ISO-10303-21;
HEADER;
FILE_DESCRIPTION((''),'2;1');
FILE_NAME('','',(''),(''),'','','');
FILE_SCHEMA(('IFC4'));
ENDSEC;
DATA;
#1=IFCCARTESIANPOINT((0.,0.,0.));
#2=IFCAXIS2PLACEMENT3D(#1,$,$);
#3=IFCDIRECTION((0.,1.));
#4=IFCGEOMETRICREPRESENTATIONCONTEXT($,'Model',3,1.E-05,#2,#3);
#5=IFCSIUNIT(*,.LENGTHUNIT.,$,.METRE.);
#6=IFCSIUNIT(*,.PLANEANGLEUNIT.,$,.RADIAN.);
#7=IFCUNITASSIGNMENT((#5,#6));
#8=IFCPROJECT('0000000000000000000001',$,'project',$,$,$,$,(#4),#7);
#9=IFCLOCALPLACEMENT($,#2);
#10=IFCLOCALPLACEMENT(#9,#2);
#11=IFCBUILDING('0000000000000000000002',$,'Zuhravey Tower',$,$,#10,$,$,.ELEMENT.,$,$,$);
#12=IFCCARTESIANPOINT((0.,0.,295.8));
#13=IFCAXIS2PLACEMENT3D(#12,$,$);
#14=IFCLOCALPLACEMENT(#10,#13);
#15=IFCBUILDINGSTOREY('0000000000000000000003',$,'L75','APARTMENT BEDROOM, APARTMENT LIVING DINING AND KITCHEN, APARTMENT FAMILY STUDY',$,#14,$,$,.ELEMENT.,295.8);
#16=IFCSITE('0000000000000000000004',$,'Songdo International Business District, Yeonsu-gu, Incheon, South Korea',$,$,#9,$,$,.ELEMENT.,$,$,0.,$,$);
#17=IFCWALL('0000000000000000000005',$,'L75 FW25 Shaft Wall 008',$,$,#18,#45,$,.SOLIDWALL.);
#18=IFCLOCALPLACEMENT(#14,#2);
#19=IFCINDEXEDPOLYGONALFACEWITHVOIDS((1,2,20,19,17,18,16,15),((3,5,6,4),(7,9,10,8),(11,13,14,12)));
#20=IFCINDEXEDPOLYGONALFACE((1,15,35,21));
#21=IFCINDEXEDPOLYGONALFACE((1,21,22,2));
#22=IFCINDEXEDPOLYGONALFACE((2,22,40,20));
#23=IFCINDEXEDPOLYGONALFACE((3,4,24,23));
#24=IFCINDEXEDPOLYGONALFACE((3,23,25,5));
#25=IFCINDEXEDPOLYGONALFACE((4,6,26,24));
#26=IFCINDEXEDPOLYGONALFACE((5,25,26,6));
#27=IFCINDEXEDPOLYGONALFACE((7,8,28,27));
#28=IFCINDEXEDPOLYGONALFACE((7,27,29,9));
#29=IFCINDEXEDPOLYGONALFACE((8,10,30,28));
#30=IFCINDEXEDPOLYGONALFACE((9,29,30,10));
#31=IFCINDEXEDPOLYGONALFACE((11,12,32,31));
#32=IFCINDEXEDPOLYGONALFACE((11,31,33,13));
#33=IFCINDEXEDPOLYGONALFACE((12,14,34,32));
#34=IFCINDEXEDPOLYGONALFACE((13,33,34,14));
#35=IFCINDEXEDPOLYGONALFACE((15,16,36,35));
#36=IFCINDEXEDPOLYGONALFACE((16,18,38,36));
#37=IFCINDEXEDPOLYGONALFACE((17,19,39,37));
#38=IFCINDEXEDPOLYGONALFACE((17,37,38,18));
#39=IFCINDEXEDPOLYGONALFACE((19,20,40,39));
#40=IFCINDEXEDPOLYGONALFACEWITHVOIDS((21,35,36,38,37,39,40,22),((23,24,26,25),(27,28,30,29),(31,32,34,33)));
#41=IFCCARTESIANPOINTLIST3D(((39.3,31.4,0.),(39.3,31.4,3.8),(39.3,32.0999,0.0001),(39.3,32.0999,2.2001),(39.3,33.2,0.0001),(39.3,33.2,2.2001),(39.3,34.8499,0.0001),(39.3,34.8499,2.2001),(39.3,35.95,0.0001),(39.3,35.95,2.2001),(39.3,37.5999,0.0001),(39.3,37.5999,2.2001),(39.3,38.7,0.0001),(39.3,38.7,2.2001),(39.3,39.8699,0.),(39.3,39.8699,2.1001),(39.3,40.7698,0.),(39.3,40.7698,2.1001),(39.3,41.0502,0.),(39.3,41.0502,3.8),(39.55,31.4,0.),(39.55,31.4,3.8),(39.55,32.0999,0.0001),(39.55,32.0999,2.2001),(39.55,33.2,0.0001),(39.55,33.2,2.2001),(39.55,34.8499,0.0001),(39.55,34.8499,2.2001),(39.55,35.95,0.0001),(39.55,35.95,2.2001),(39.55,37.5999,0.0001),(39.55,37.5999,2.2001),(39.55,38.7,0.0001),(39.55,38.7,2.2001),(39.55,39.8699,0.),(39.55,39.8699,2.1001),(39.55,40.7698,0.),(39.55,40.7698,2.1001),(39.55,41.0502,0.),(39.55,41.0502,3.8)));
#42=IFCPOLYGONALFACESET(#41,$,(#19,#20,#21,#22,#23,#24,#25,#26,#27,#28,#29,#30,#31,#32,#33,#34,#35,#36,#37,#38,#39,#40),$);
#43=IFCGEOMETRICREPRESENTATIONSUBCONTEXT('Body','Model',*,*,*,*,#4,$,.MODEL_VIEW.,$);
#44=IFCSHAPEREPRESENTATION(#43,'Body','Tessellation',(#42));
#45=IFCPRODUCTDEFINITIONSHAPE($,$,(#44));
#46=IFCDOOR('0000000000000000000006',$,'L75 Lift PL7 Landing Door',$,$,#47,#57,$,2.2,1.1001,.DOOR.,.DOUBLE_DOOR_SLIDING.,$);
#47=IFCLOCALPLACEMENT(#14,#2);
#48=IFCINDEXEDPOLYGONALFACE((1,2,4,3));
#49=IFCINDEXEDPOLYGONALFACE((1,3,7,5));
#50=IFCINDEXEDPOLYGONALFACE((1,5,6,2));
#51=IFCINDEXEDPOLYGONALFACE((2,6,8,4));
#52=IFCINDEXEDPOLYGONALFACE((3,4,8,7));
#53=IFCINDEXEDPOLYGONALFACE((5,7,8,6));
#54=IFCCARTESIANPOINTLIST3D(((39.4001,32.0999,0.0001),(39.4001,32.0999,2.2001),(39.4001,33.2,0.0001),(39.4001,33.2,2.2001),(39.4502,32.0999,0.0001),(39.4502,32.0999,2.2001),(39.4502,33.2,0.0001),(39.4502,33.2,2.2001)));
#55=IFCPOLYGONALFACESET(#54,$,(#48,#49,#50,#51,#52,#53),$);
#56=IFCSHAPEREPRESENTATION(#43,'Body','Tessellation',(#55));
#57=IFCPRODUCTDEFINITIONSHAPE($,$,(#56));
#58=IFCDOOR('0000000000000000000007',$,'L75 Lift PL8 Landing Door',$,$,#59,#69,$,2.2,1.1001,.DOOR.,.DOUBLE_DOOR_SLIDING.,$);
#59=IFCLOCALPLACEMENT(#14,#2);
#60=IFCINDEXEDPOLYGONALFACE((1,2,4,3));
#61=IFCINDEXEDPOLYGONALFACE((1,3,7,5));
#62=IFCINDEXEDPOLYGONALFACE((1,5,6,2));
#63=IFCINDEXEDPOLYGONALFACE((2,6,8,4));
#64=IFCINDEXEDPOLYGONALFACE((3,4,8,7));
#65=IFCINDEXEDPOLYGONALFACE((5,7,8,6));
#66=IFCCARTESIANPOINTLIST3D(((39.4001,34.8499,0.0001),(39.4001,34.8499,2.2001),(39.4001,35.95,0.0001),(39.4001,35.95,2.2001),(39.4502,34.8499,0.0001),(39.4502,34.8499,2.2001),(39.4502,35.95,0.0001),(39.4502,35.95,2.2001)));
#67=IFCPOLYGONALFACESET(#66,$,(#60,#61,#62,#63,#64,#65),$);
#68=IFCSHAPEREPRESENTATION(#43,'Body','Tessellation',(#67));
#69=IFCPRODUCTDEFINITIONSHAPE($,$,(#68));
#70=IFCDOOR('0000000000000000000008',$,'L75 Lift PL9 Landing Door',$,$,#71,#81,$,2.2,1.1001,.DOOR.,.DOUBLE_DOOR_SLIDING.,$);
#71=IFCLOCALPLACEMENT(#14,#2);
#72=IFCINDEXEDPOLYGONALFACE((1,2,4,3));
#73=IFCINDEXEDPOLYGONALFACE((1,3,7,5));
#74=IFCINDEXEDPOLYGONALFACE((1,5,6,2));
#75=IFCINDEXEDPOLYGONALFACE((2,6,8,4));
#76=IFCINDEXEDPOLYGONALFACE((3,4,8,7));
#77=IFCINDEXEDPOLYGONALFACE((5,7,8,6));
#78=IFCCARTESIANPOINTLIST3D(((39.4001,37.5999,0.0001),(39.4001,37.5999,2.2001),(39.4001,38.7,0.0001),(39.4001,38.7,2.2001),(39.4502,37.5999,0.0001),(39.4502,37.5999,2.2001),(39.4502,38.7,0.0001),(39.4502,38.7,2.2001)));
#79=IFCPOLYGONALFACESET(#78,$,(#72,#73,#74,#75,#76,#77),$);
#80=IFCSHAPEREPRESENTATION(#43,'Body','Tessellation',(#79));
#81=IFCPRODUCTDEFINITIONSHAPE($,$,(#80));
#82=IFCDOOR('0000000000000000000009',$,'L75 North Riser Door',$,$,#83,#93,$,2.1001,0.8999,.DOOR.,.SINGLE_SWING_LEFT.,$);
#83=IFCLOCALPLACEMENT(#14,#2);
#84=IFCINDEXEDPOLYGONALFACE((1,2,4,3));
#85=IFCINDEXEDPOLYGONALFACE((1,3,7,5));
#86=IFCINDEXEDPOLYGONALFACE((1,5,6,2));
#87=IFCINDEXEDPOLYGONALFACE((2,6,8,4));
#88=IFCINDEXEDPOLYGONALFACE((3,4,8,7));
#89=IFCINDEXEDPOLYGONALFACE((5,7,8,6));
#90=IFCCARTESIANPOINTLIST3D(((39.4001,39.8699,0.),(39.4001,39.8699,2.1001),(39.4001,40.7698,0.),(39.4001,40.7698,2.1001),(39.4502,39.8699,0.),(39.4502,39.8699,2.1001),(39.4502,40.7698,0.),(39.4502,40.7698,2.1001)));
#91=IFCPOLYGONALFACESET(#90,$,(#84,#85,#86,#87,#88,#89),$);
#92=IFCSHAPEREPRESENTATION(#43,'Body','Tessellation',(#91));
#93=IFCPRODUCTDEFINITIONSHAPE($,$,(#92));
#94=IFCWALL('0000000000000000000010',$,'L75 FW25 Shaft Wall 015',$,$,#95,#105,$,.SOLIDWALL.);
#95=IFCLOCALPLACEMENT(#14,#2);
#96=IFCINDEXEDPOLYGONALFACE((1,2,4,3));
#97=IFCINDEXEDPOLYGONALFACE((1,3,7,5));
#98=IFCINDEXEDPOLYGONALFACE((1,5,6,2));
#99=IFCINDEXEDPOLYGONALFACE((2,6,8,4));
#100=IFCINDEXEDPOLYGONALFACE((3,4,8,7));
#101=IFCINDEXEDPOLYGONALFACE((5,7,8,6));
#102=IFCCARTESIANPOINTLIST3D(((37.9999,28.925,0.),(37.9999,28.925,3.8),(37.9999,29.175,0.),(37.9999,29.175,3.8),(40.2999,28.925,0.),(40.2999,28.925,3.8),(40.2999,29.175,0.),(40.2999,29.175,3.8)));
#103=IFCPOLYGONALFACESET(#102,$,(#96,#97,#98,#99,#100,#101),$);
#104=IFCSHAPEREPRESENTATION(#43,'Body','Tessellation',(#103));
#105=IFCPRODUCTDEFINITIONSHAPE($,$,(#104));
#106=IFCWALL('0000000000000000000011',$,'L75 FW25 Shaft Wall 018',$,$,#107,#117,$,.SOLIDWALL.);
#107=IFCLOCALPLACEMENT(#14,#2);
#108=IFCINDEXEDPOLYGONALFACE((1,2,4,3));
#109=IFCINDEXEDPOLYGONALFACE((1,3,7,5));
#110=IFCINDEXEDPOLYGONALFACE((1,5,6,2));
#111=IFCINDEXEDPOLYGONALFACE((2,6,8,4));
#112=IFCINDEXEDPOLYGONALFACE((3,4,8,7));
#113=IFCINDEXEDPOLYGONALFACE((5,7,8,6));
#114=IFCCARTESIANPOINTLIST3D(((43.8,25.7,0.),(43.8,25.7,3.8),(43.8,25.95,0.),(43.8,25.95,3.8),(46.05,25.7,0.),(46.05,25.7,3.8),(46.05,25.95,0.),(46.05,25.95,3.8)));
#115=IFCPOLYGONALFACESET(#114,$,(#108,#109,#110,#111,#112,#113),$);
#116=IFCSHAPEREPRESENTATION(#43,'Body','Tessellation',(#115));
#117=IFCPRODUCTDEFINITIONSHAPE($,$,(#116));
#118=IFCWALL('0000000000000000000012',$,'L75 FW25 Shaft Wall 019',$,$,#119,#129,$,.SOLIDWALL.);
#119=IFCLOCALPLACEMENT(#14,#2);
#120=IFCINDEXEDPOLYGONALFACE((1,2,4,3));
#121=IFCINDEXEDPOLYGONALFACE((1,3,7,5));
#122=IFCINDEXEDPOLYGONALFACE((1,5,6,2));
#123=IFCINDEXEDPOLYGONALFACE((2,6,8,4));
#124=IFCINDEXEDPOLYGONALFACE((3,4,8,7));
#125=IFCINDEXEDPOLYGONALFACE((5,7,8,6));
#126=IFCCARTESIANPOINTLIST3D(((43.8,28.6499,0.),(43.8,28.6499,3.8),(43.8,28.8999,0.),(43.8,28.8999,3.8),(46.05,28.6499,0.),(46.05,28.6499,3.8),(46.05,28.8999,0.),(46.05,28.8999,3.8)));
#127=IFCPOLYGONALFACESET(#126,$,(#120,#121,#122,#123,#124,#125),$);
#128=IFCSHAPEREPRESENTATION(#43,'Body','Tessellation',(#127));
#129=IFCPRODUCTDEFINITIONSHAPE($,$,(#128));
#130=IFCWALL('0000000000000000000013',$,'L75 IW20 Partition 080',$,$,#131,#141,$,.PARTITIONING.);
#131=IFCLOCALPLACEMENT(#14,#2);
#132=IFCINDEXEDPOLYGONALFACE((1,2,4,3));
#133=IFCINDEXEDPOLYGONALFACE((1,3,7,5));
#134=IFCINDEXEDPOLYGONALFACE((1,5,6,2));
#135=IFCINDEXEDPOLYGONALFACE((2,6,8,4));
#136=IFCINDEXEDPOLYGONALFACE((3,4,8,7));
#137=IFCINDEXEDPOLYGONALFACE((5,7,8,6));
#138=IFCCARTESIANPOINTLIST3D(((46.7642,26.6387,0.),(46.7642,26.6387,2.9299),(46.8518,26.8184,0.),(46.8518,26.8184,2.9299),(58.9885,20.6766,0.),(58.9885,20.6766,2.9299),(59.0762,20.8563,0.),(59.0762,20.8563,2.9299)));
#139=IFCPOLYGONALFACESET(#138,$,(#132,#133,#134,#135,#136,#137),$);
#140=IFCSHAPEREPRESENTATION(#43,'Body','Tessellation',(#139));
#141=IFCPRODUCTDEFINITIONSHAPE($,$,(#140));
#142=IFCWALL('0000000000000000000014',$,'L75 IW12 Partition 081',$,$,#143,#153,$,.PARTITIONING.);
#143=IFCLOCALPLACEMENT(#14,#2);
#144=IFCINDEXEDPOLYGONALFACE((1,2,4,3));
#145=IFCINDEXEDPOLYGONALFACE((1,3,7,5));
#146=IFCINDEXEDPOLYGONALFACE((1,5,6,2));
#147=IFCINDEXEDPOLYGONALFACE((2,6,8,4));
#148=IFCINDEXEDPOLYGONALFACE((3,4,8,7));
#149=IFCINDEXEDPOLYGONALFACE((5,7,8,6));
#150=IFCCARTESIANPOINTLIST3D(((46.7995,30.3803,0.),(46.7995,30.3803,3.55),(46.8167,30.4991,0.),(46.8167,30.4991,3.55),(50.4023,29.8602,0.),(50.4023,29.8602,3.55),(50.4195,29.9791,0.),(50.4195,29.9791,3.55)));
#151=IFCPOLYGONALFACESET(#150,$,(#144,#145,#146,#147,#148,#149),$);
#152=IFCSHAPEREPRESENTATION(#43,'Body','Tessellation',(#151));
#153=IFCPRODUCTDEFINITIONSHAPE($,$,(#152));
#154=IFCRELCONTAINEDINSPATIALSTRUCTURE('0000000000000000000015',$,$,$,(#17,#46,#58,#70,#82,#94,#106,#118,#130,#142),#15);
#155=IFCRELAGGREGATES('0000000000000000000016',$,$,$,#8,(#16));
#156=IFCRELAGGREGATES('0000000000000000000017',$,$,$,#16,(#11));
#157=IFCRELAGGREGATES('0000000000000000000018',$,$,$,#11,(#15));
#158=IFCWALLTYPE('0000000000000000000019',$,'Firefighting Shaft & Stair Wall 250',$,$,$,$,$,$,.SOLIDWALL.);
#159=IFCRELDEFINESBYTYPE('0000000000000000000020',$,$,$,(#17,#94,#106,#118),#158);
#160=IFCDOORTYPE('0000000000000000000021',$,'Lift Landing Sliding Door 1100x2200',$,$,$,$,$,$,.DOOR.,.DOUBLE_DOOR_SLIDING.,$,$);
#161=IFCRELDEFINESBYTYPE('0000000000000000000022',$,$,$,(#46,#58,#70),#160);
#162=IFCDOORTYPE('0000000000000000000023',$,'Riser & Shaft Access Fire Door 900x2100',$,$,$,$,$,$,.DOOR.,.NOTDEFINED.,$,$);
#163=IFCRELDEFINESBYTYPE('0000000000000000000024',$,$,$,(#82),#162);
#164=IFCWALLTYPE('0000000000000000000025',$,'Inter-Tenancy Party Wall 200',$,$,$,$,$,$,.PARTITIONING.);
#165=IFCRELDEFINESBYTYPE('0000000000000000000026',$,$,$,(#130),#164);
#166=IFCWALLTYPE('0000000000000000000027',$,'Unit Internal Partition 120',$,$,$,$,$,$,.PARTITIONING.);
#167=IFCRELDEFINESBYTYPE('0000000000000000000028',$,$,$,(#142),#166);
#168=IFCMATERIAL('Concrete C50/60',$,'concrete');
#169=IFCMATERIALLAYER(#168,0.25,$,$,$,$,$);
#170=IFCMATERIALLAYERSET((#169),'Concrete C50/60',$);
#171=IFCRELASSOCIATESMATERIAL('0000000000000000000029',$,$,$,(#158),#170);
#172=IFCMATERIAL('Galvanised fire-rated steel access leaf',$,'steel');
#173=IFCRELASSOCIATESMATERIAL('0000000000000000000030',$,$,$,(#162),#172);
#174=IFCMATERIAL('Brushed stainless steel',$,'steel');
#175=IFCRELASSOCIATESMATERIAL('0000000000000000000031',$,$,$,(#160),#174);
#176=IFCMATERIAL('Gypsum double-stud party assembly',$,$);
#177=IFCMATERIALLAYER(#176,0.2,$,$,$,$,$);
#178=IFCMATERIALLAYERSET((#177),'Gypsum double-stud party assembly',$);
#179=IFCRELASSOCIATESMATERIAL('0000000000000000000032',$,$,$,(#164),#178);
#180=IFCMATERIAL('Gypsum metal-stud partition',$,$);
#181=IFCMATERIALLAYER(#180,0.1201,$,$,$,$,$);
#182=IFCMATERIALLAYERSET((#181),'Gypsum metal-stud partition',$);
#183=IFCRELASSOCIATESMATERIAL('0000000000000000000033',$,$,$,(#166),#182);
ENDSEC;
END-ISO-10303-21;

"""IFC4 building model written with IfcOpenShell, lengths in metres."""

from ifc_helpers import new_model, si_unit, direction, frame, frame_2d, origin, place, context, subcontext, project, spatial, rectangle, extrude, material, layer, layer_set, type_object, element, fill, save


model = new_model("IFC4")

# Units and contexts
model_context = context("Model", 3, precision=1e-05, world=origin(), true_north=direction((0.0, 1.0)))
body_context = subcontext(model_context, "Body", "Model", "MODEL_VIEW")
ifc_project = project(units=[si_unit("LENGTHUNIT", "METRE"), si_unit("PLANEANGLEUNIT", "RADIAN")], contexts=[model_context])

# Site, building, storey
site_placement = place(None, origin())
site = spatial("IfcSite", under=ifc_project, at=site_placement, Name="Songdo International Business District, Yeonsu-gu, Incheon, South Korea", CompositionType="ELEMENT", RefElevation=0.0)
building_placement = place(site_placement, origin())
building = spatial("IfcBuilding", under=site, at=building_placement, Name="Zuhravey Tower", CompositionType="ELEMENT")
storey_placement = place(building_placement, frame((0.0, 0.0, 295.8)))
storey = spatial("IfcBuildingStorey", under=building, at=storey_placement, Name="L75", Description="APARTMENT BEDROOM, APARTMENT LIVING DINING AND KITCHEN, APARTMENT FAMILY STUDY", CompositionType="ELEMENT", Elevation=295.8)

# Shared definitions
ifc_material_1 = material(Name="Concrete C50/60", Category="concrete")
ifc_layer_1 = layer(ifc_material_1, 0.25)
ifc_layer_set_1 = layer_set([ifc_layer_1], Name="Concrete C50/60")
wall_type_1 = type_object("IfcWallType", Name="Firefighting Shaft & Stair Wall 250", PredefinedType="SOLIDWALL", material=ifc_layer_set_1)

# Wall, openings, doors
ifc_material_2 = material(Name="Galvanised fire-rated steel access leaf", Category="steel")
door_type_1 = type_object("IfcDoorType", Name="Riser & Shaft Access Fire Door 900x2100", OperationType="NOTDEFINED", PredefinedType="DOOR", material=ifc_material_2)
wall_1_placement = place(storey_placement, frame((39.425, 31.3999, 0.0), z_axis=(0.0, 0.0, 1.0), x_axis=(0.0, 1.0, 0.0)))
wall_1 = element("IfcWall", 1, at=wall_1_placement, inside=storey, type_object=wall_type_1, Name="L75 FW25 Shaft Wall 008", PredefinedType="SOLIDWALL", context=body_context, shape_type="SweptSolid", body=[
    extrude(rectangle(XDim=9.6501, YDim=0.25, at=frame_2d((4.8252, 0.0))), origin(), (0.0, 0.0, 1.0), 3.8),
])
opening_1_placement = place(wall_1_placement, frame((0.7, 0.0, 0.0)))
opening_1 = element("IfcOpeningElement", 2, at=opening_1_placement, cuts=wall_1, PredefinedType="OPENING", context=body_context, shape_type="SweptSolid", body=[
    extrude(rectangle(XDim=1.1001, YDim=2.2, at=frame_2d((0.55, 1.1001))), frame((0.0, 0.137, 0.0), z_axis=(0.0, -1.0, 0.0), x_axis=(1.0, 0.0, 0.0)), (0.0, 0.0, 1.0), 0.2739),
])
opening_2_placement = place(wall_1_placement, frame((3.45, 0.0, 0.0)))
opening_2 = element("IfcOpeningElement", 3, at=opening_2_placement, cuts=wall_1, PredefinedType="OPENING", context=body_context, shape_type="SweptSolid", body=[
    extrude(rectangle(XDim=1.1001, YDim=2.2, at=frame_2d((0.55, 1.1001))), frame((0.0, 0.137, 0.0), z_axis=(0.0, -1.0, 0.0), x_axis=(1.0, 0.0, 0.0)), (0.0, 0.0, 1.0), 0.2739),
])
opening_3_placement = place(wall_1_placement, frame((6.2, 0.0, 0.0)))
opening_3 = element("IfcOpeningElement", 4, at=opening_3_placement, cuts=wall_1, PredefinedType="OPENING", context=body_context, shape_type="SweptSolid", body=[
    extrude(rectangle(XDim=1.1001, YDim=2.2, at=frame_2d((0.55, 1.1001))), frame((0.0, 0.137, 0.0), z_axis=(0.0, -1.0, 0.0), x_axis=(1.0, 0.0, 0.0)), (0.0, 0.0, 1.0), 0.2739),
])
opening_4_placement = place(wall_1_placement, frame((8.47, 0.0, 0.0)))
opening_4 = element("IfcOpeningElement", 5, at=opening_4_placement, cuts=wall_1, PredefinedType="OPENING", context=body_context, shape_type="SweptSolid", body=[
    extrude(rectangle(XDim=0.8999, YDim=2.1001, at=frame_2d((0.45, 1.05))), frame((0.0, 0.137, 0.0), z_axis=(0.0, -1.0, 0.0), x_axis=(1.0, 0.0, 0.0)), (0.0, 0.0, 1.0), 0.2739),
])
ifc_material_3 = material(Name="Brushed stainless steel", Category="steel")
door_type_2 = type_object("IfcDoorType", Name="Lift Landing Sliding Door 1100x2200", OperationType="DOUBLE_DOOR_SLIDING", PredefinedType="DOOR", material=ifc_material_3)
door_1_placement = place(opening_1_placement, origin())
door_1 = element("IfcDoor", 6, at=door_1_placement, inside=storey, type_object=door_type_2, Name="L75 Lift PL7 Landing Door", OperationType="DOUBLE_DOOR_SLIDING", OverallHeight=2.2, OverallWidth=1.1001, PredefinedType="DOOR", context=body_context, shape_type="SweptSolid", body=[
    extrude(rectangle(XDim=1.1001, YDim=2.2, at=frame_2d((0.55, 1.1001))), frame((0.0, 0.0249, 0.0), z_axis=(0.0, -1.0, 0.0), x_axis=(1.0, 0.0, 0.0)), (0.0, 0.0, 1.0), 0.05),
])
fill(opening_1, door_1)
door_2_placement = place(opening_2_placement, origin())
door_2 = element("IfcDoor", 7, at=door_2_placement, inside=storey, type_object=door_type_2, Name="L75 Lift PL8 Landing Door", OperationType="DOUBLE_DOOR_SLIDING", OverallHeight=2.2, OverallWidth=1.1001, PredefinedType="DOOR", context=body_context, shape_type="SweptSolid", body=[
    extrude(rectangle(XDim=1.1001, YDim=2.2, at=frame_2d((0.55, 1.1001))), frame((0.0, 0.0249, 0.0), z_axis=(0.0, -1.0, 0.0), x_axis=(1.0, 0.0, 0.0)), (0.0, 0.0, 1.0), 0.05),
])
fill(opening_2, door_2)
door_3_placement = place(opening_3_placement, origin())
door_3 = element("IfcDoor", 8, at=door_3_placement, inside=storey, type_object=door_type_2, Name="L75 Lift PL9 Landing Door", OperationType="DOUBLE_DOOR_SLIDING", OverallHeight=2.2, OverallWidth=1.1001, PredefinedType="DOOR", context=body_context, shape_type="SweptSolid", body=[
    extrude(rectangle(XDim=1.1001, YDim=2.2, at=frame_2d((0.55, 1.1001))), frame((0.0, 0.0249, 0.0), z_axis=(0.0, -1.0, 0.0), x_axis=(1.0, 0.0, 0.0)), (0.0, 0.0, 1.0), 0.05),
])
fill(opening_3, door_3)
door_4_placement = place(opening_4_placement, origin())
door_4 = element("IfcDoor", 9, at=door_4_placement, inside=storey, type_object=door_type_1, Name="L75 North Riser Door", OperationType="SINGLE_SWING_LEFT", OverallHeight=2.1001, OverallWidth=0.8999, PredefinedType="DOOR", context=body_context, shape_type="SweptSolid", body=[
    extrude(rectangle(XDim=0.8999, YDim=2.1001, at=frame_2d((0.45, 1.05))), frame((0.0, 0.0249, 0.0), z_axis=(0.0, -1.0, 0.0), x_axis=(1.0, 0.0, 0.0)), (0.0, 0.0, 1.0), 0.05),
])
fill(opening_4, door_4)

# Walls
wall_2_placement = place(storey_placement, frame((38.0, 29.05, 0.0), z_axis=(0.0, 0.0, 1.0), x_axis=(1.0, 0.0, 0.0)))
element("IfcWall", 10, at=wall_2_placement, inside=storey, type_object=wall_type_1, Name="L75 FW25 Shaft Wall 015", PredefinedType="SOLIDWALL", context=body_context, shape_type="SweptSolid", body=[
    extrude(rectangle(XDim=2.3, YDim=0.25, at=frame_2d((1.1499, 0.0))), origin(), (0.0, 0.0, 1.0), 3.8),
])
for number, where, z_axis, x_axis, name in (
    (11, (43.8, 25.825, 0.0), (0.0, 0.0, 1.0), (1.0, 0.0, 0.0), "L75 FW25 Shaft Wall 018"),
    (12, (43.8, 28.7749, 0.0), (0.0, 0.0, 1.0), (1.0, 0.0, 0.0), "L75 FW25 Shaft Wall 019"),
):
    element("IfcWall", number, at=place(storey_placement, frame(where, z_axis=z_axis, x_axis=x_axis)), inside=storey, type_object=wall_type_1, Name=name, PredefinedType="SOLIDWALL", context=body_context, shape_type="SweptSolid", body=[
        extrude(rectangle(XDim=2.25, YDim=0.25, at=frame_2d((1.125, 0.0))), origin(), (0.0, 0.0, 1.0), 3.8),
    ])
ifc_material_4 = material(Name="Gypsum double-stud party assembly")
ifc_layer_2 = layer(ifc_material_4, 0.2)
ifc_layer_set_2 = layer_set([ifc_layer_2], Name="Gypsum double-stud party assembly")
wall_type_2 = type_object("IfcWallType", Name="Inter-Tenancy Party Wall 200", PredefinedType="PARTITIONING", material=ifc_layer_set_2)
wall_3_placement = place(storey_placement, frame((46.8081, 26.7285, 0.0), z_axis=(0.0, 0.0, 1.0), x_axis=(0.898796, -0.438367, 0.0)))
element("IfcWall", 13, at=wall_3_placement, inside=storey, type_object=wall_type_2, Name="L75 IW20 Partition 080", PredefinedType="PARTITIONING", context=body_context, shape_type="SweptSolid", body=[
    extrude(rectangle(XDim=13.6008, YDim=0.2, at=frame_2d((6.8003, 0.0))), origin(), (0.0, 0.0, 1.0), 2.9299),
])
ifc_material_5 = material(Name="Gypsum metal-stud partition")
ifc_layer_3 = layer(ifc_material_5, 0.1201)
ifc_layer_set_3 = layer_set([ifc_layer_3], Name="Gypsum metal-stud partition")
wall_type_3 = type_object("IfcWallType", Name="Unit Internal Partition 120", PredefinedType="PARTITIONING", material=ifc_layer_set_3)
wall_4_placement = place(storey_placement, frame((46.8081, 30.4397, 0.0), z_axis=(0.0, 0.0, 1.0), x_axis=(0.989743, -0.142858, 0.0)))
element("IfcWall", 14, at=wall_4_placement, inside=storey, type_object=wall_type_3, Name="L75 IW12 Partition 081", PredefinedType="PARTITIONING", context=body_context, shape_type="SweptSolid", body=[
    extrude(rectangle(XDim=3.6401, YDim=0.1201, at=frame_2d((1.8201, 0.0))), origin(), (0.0, 0.0, 1.0), 3.55),
])

save(model, "model.ifc")
